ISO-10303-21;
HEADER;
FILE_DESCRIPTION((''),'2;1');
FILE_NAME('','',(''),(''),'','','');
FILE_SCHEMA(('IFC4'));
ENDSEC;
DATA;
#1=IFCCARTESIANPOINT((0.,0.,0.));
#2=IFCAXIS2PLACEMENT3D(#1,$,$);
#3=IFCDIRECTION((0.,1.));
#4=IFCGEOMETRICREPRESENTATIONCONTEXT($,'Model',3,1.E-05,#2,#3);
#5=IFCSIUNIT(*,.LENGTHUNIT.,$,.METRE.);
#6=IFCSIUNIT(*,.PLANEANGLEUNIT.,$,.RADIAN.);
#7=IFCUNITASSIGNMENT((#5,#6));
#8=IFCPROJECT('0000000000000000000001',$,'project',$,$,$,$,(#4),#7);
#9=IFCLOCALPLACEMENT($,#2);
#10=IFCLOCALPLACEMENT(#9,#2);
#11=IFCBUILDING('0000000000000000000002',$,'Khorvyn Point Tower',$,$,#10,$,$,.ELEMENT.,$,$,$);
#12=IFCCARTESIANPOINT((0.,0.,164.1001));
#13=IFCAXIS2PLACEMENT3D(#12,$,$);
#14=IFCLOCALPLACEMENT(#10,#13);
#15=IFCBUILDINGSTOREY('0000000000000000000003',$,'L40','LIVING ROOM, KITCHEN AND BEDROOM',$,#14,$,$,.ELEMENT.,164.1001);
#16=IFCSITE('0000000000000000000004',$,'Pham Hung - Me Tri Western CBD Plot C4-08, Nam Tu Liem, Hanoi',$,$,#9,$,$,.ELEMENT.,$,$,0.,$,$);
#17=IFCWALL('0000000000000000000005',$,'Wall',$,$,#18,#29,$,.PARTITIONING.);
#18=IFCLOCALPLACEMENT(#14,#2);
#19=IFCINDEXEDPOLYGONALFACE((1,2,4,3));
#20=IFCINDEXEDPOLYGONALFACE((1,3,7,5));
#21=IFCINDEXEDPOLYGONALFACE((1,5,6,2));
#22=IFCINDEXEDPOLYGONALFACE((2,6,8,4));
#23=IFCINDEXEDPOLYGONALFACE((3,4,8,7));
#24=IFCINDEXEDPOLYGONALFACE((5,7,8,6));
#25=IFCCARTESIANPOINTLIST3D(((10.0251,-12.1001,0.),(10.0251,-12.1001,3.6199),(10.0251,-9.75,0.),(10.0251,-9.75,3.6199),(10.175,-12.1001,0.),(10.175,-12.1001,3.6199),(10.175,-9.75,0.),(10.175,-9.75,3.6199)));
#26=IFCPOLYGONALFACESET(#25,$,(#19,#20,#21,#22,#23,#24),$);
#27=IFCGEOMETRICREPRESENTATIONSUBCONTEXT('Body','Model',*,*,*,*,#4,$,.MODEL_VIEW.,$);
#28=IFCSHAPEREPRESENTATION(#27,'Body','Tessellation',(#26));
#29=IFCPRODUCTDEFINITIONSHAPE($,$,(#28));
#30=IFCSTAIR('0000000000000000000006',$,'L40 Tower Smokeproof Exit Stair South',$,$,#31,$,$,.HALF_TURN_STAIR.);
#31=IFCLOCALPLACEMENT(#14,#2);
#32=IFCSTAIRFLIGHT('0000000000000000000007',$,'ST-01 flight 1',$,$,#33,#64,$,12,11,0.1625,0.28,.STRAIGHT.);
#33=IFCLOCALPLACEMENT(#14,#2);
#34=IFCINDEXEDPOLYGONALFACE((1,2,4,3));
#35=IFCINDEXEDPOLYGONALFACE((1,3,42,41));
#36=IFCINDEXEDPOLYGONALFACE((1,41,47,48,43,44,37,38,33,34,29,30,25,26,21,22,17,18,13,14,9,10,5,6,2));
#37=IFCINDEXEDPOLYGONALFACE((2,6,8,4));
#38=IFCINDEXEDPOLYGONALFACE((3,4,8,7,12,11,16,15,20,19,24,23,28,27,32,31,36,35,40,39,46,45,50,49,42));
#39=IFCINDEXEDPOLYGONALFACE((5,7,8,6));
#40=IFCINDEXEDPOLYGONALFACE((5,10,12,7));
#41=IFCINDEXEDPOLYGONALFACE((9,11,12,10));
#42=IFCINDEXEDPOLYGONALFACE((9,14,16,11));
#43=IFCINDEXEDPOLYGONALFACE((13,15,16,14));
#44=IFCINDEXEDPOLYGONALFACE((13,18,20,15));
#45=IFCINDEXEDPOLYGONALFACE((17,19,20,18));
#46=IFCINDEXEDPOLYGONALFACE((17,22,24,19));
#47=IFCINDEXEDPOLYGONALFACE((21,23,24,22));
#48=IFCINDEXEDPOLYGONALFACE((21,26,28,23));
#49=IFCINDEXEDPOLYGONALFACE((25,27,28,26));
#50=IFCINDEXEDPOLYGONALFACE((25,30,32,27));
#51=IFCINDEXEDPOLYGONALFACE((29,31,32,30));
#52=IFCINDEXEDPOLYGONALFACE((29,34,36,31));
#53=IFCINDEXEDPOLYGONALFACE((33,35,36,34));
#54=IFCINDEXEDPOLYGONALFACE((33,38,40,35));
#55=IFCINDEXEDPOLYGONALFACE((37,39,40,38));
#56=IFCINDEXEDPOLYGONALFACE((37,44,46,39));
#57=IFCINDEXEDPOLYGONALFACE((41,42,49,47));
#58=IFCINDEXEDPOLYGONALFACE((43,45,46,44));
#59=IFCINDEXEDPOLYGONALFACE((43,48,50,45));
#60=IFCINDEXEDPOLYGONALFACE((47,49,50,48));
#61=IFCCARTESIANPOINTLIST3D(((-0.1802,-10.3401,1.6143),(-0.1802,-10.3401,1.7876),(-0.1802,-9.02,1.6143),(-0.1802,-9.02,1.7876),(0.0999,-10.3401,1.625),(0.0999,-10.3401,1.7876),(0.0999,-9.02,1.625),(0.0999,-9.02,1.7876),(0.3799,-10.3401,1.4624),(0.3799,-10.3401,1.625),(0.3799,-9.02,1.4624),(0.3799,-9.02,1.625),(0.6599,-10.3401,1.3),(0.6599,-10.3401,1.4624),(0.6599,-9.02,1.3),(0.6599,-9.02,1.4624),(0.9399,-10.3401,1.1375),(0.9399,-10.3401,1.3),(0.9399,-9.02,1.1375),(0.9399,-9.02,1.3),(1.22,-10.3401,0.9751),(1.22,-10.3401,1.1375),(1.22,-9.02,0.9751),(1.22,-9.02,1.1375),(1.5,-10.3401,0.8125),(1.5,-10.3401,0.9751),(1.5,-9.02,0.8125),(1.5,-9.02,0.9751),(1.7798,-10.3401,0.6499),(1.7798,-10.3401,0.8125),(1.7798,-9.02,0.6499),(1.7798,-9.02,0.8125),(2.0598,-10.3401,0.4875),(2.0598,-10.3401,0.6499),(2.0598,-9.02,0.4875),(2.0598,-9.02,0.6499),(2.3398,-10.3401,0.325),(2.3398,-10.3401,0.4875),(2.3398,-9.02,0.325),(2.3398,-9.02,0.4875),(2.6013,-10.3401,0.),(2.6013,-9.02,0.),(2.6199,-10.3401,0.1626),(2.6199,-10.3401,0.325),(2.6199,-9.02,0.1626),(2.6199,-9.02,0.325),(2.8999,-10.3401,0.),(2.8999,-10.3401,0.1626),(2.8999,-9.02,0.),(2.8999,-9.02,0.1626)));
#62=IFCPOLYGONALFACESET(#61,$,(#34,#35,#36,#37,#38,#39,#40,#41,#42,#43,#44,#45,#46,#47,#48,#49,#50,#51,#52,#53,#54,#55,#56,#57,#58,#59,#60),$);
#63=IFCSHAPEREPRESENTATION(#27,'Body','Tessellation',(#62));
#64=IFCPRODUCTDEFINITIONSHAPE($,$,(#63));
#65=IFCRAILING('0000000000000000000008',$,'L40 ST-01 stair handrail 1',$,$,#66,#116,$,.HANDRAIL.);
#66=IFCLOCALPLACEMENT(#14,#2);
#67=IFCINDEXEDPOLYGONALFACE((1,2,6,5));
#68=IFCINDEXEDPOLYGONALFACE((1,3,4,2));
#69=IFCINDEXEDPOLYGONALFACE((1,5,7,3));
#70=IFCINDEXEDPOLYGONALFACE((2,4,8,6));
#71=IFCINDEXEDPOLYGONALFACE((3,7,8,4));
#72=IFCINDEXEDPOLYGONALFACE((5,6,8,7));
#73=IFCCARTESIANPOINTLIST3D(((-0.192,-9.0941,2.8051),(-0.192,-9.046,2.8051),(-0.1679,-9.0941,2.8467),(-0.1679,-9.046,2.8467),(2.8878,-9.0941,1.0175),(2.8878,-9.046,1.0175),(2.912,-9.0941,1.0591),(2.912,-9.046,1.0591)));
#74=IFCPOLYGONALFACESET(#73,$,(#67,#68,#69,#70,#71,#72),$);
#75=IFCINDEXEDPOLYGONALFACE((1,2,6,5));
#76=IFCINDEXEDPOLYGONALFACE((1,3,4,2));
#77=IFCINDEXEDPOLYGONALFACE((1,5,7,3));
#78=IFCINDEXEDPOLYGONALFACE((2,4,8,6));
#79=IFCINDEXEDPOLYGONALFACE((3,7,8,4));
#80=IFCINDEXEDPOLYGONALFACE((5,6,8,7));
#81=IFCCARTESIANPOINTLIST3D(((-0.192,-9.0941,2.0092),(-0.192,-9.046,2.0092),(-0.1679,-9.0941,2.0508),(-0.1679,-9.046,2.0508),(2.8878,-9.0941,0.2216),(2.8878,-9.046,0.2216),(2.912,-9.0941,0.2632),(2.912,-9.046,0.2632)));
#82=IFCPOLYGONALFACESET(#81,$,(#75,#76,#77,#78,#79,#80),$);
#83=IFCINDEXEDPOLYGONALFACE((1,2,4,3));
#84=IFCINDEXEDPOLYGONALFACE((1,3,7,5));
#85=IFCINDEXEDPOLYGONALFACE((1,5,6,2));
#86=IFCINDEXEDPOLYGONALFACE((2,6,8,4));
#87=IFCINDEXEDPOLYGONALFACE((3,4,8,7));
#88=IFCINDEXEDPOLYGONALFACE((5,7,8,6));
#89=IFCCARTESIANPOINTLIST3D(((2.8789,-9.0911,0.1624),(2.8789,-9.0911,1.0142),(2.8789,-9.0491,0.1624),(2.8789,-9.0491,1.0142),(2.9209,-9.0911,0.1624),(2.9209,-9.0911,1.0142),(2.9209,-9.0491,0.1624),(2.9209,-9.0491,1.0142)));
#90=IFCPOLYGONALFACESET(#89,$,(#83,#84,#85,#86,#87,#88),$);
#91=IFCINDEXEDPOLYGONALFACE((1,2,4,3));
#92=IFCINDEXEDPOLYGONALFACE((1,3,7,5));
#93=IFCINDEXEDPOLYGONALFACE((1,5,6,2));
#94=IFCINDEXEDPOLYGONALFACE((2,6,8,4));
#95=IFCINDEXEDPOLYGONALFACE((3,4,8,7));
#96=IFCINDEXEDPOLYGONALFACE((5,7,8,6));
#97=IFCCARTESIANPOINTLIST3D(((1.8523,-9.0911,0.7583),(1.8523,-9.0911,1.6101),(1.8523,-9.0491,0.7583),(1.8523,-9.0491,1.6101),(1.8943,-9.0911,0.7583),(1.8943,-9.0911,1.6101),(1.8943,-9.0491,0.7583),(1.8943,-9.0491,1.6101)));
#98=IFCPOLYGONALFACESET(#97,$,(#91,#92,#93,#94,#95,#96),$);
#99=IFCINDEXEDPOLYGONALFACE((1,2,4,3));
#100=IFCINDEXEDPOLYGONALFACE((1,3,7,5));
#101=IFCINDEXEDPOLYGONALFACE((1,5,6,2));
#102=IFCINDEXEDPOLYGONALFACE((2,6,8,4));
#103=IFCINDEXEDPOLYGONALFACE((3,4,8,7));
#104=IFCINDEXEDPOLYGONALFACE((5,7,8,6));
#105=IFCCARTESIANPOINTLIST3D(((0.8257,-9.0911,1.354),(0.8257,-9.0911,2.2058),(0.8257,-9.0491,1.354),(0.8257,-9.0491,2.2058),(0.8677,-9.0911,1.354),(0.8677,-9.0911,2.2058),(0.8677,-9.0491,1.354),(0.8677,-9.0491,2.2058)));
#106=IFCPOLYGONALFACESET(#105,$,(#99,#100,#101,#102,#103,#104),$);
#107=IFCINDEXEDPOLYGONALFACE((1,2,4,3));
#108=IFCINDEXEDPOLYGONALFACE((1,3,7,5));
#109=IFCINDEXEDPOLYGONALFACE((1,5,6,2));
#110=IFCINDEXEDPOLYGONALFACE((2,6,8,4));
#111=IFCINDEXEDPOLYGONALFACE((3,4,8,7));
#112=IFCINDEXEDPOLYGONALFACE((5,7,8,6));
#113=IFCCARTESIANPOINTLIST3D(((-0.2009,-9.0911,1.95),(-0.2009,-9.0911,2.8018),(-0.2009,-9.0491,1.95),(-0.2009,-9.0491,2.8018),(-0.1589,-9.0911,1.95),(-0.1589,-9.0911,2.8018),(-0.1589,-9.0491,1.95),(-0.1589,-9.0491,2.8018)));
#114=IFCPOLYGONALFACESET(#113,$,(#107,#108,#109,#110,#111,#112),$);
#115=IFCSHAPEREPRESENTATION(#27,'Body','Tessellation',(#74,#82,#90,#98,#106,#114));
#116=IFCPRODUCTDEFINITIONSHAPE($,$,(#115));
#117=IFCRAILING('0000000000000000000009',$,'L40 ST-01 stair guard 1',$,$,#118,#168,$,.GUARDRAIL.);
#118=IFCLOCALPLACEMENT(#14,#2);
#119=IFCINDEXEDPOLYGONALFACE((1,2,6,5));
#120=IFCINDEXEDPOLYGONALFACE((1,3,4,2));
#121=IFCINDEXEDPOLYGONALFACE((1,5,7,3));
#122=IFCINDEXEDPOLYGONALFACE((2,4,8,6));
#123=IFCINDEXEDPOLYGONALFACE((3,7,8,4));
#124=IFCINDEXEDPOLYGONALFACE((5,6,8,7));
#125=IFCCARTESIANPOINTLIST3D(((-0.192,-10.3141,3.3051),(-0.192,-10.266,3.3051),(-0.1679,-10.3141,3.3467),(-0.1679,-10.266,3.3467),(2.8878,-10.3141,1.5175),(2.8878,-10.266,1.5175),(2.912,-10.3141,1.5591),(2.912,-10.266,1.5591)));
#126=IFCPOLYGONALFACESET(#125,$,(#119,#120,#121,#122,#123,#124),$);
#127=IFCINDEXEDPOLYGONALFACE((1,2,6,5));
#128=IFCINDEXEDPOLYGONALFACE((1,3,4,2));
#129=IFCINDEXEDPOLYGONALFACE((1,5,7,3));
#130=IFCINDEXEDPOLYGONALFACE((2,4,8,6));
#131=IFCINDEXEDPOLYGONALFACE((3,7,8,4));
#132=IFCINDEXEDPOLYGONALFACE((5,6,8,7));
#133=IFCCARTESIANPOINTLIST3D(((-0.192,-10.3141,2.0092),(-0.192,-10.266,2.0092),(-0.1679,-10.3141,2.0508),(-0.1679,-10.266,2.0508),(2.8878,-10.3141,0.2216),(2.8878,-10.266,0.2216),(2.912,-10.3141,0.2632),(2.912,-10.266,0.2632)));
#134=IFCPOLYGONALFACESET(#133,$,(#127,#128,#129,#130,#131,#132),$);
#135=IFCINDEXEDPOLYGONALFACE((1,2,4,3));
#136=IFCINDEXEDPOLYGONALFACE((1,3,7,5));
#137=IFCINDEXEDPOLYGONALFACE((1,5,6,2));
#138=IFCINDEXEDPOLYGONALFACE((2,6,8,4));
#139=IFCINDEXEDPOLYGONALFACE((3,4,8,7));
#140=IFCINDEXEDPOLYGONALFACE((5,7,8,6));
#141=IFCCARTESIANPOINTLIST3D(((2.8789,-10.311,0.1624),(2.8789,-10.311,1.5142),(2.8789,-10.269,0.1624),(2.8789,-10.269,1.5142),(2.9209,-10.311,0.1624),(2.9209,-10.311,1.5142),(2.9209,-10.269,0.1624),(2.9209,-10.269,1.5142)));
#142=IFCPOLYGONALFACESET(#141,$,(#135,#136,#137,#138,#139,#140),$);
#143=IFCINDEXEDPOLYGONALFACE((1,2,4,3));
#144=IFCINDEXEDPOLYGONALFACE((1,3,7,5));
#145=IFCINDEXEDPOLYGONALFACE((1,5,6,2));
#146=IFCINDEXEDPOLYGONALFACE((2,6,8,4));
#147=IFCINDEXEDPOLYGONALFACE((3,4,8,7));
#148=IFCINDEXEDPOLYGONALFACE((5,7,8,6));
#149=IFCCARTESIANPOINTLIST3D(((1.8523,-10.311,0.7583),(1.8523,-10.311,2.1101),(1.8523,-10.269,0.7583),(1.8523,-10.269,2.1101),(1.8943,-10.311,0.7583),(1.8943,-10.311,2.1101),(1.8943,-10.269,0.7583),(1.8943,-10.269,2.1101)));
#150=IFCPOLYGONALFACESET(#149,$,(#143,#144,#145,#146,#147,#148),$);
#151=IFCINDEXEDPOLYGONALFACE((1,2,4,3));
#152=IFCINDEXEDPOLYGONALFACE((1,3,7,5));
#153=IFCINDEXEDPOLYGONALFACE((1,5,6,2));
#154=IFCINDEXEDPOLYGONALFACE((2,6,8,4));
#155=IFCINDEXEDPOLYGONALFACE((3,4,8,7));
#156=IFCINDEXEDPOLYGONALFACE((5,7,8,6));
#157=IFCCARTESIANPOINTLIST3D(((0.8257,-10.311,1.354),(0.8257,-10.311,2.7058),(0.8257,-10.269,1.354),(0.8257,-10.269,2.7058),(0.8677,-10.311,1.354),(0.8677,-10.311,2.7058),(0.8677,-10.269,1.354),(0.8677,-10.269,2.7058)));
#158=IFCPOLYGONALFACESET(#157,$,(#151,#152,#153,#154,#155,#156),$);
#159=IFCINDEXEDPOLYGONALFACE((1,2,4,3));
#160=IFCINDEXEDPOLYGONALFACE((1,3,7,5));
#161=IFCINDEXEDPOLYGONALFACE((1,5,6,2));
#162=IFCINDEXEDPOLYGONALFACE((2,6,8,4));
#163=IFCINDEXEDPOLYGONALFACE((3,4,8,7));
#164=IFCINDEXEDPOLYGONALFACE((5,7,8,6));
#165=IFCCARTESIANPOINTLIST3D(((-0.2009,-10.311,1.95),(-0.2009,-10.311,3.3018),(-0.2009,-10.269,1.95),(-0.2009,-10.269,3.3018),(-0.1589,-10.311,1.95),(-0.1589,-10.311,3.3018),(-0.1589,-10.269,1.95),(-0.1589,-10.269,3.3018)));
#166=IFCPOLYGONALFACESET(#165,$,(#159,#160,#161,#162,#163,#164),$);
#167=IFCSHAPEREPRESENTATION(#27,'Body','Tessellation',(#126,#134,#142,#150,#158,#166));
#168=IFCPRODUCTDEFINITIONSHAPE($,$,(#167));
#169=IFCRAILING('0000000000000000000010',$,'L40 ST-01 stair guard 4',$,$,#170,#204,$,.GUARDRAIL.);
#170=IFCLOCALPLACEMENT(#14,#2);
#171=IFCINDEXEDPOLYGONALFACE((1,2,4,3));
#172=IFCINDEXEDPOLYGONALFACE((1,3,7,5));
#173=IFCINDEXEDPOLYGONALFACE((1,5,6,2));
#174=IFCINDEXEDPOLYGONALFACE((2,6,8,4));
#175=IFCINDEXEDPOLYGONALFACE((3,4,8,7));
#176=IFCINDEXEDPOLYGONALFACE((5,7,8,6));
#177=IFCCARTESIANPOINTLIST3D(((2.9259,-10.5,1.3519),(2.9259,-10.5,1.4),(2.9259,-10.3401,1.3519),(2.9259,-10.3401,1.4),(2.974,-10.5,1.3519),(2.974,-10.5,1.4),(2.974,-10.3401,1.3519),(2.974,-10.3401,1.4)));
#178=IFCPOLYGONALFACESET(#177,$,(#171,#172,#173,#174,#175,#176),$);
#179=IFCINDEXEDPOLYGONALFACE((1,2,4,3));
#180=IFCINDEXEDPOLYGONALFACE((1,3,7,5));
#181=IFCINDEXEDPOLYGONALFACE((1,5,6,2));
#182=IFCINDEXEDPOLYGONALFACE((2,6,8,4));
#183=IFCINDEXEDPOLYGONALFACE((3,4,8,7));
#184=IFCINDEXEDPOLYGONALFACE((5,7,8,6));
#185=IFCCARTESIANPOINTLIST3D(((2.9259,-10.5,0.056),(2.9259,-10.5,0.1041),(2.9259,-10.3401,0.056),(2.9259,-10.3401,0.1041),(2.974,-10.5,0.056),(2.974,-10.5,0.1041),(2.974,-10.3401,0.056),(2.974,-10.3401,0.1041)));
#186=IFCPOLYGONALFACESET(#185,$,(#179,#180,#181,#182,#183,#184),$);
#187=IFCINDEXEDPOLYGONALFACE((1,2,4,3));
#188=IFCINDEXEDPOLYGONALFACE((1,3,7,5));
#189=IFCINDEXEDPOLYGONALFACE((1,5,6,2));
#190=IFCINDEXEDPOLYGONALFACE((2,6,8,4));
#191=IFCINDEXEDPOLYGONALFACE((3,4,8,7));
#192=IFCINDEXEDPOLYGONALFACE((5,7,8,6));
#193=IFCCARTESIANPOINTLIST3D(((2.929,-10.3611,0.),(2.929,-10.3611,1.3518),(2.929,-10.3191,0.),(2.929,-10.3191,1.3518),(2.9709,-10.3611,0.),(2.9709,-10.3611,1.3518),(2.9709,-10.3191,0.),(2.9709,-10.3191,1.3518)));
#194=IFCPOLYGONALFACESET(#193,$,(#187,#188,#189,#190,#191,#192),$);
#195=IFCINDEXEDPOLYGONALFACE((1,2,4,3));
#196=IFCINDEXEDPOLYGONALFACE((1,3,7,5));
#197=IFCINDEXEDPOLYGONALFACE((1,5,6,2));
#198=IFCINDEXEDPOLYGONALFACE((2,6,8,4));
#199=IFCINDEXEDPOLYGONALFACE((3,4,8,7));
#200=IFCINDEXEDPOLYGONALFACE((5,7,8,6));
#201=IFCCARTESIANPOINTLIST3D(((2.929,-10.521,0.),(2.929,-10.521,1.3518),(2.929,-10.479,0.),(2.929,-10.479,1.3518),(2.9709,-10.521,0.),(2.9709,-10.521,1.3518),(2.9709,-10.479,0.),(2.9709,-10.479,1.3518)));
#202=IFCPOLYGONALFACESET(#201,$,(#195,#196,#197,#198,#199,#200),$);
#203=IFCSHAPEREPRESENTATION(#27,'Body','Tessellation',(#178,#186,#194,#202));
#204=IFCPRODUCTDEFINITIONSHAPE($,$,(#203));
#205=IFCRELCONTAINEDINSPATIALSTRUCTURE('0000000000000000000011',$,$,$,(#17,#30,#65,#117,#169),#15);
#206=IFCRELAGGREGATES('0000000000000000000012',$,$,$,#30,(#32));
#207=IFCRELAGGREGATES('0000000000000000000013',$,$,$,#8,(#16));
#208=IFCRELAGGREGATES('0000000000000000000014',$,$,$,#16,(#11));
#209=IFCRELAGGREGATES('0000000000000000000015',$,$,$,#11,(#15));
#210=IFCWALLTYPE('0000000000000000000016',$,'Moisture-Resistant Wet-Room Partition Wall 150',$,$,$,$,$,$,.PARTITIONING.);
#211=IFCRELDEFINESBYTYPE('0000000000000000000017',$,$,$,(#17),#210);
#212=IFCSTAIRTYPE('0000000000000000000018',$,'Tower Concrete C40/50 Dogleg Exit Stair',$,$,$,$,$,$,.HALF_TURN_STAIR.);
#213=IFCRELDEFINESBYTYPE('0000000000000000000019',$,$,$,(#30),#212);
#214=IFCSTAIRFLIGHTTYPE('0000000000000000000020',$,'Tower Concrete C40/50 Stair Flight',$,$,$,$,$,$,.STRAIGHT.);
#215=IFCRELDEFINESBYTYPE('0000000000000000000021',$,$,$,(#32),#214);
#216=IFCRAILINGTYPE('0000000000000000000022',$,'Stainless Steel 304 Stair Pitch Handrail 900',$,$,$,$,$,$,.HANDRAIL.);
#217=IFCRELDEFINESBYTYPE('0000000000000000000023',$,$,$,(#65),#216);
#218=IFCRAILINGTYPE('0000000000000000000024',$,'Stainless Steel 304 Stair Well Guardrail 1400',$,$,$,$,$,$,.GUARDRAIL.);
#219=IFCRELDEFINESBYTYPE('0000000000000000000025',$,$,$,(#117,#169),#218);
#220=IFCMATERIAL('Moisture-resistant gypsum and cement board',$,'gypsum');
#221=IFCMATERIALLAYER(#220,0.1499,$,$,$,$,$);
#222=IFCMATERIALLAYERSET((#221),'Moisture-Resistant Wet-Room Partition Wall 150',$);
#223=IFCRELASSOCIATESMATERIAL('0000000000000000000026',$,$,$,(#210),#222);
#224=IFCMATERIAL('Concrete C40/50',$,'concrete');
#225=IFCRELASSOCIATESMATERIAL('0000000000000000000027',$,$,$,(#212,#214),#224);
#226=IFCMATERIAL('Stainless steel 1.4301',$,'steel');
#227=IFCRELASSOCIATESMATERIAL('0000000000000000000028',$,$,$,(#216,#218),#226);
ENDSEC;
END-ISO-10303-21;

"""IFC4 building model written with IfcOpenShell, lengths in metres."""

from ifc_helpers import new_model, si_unit, direction, frame, frame_2d, origin, origin_2d, place, context, subcontext, project, spatial, polyline, rectangle, outline, extrude, material, layer, layer_set, type_object, element, aggregate, save


model = new_model("IFC4")

# Units and contexts
model_context = context("Model", 3, precision=1e-05, world=origin(), true_north=direction((0.0, 1.0)))
body_context = subcontext(model_context, "Body", "Model", "MODEL_VIEW")
ifc_project = project(units=[si_unit("LENGTHUNIT", "METRE"), si_unit("PLANEANGLEUNIT", "RADIAN")], contexts=[model_context])

# Site, building, storey
site_placement = place(None, origin())
site = spatial("IfcSite", under=ifc_project, at=site_placement, Name="Pham Hung - Me Tri Western CBD Plot C4-08, Nam Tu Liem, Hanoi", CompositionType="ELEMENT", RefElevation=0.0)
building_placement = place(site_placement, origin())
building = spatial("IfcBuilding", under=site, at=building_placement, Name="Khorvyn Point Tower", CompositionType="ELEMENT")
storey_placement = place(building_placement, frame((0.0, 0.0, 164.1001)))
storey = spatial("IfcBuildingStorey", under=building, at=storey_placement, Name="L40", Description="LIVING ROOM, KITCHEN AND BEDROOM", CompositionType="ELEMENT", Elevation=164.1001)

# Shared definitions
ifc_material_1 = material(Name="Concrete C40/50", Category="concrete")

# Shared definitions
ifc_material_2 = material(Name="Moisture-resistant gypsum and cement board", Category="gypsum")
ifc_layer_1 = layer(ifc_material_2, 0.1499)
ifc_layer_set_1 = layer_set([ifc_layer_1], Name="Moisture-Resistant Wet-Room Partition Wall 150")
wall_type_1 = type_object("IfcWallType", Name="Moisture-Resistant Wet-Room Partition Wall 150", PredefinedType="PARTITIONING", material=ifc_layer_set_1)

# Wall
wall_1_placement = place(storey_placement, frame((10.1001, -12.1001, 0.0), z_axis=(0.0, 0.0, 1.0), x_axis=(0.0, 1.0, 0.0)))
element("IfcWall", 1, at=wall_1_placement, inside=storey, type_object=wall_type_1, Name="Wall", PredefinedType="PARTITIONING", context=body_context, shape_type="SweptSolid", body=[
    extrude(rectangle(XDim=2.3501, YDim=0.1499, at=frame_2d((1.175, 0.0))), origin(), (0.0, 0.0, 1.0), 3.6199),
])

# Stair, stair flight
stair_type = type_object("IfcStairType", Name="Tower Concrete C40/50 Dogleg Exit Stair", PredefinedType="HALF_TURN_STAIR", material=ifc_material_1)
stair_placement = place(storey_placement, origin())
stair = element("IfcStair", 2, at=stair_placement, inside=storey, type_object=stair_type, Name="L40 Tower Smokeproof Exit Stair South", PredefinedType="HALF_TURN_STAIR")
stair_flight_type = type_object("IfcStairFlightType", Name="Tower Concrete C40/50 Stair Flight", PredefinedType="STRAIGHT", material=ifc_material_1)
stair_flight_placement = place(storey_placement, frame((2.8999, -9.6799, 0.0), z_axis=(0.0, 0.0, 1.0), x_axis=(-1.0, 0.0, 0.0)))
stair_flight = element("IfcStairFlight", 3, at=stair_flight_placement, type_object=stair_flight_type, Name="ST-01 flight 1", NumberOfRisers=12, NumberOfTreads=11, PredefinedType="STRAIGHT", RiserHeight=0.1625, TreadLength=0.28, context=body_context, shape_type="SweptSolid", body=[
    extrude(outline(polyline([(0.0, 0.0), (0.0, 0.1626), (0.28, 0.1626), (0.28, 0.325), (0.5601, 0.325), (0.5601, 0.4875), (0.8401, 0.4875), (0.8401, 0.6499), (1.1201, 0.6499), (1.1201, 0.8125), (1.3999, 0.8125), (1.3999, 0.9751), (1.6799, 0.9751), (1.6799, 1.1375), (1.96, 1.1375), (1.96, 1.3), (2.24, 1.3), (2.24, 1.4624), (2.52, 1.4624), (2.52, 1.625), (2.8, 1.625), (2.8, 1.7876), (3.0801, 1.7876), (3.0801, 1.95), (3.0801, 1.6143), (0.2986, 0.0), (0.0, 0.0)])), frame((0.0, 0.6602, 0.0), z_axis=(0.0, -1.0, 0.0), x_axis=(1.0, 0.0, 0.0)), (0.0, 0.0, 1.0), 1.3201),
])
aggregate(stair, [stair_flight])

# Railings
ifc_material_3 = material(Name="Stainless steel 1.4301", Category="steel")
railing_type_1 = type_object("IfcRailingType", Name="Stainless Steel 304 Stair Pitch Handrail 900", PredefinedType="HANDRAIL", material=ifc_material_3)
railing_1_placement = place(storey_placement, frame((2.8999, -9.0701, 0.1624)))
element("IfcRailing", 4, at=railing_1_placement, inside=storey, type_object=railing_type_1, Name="L40 ST-01 stair handrail 1", PredefinedType="HANDRAIL", context=body_context, shape_type="SweptSolid", body=[
    extrude(rectangle(XDim=0.0481, YDim=0.0481, at=origin_2d()), frame((0.0, 0.0, 0.876), z_axis=(-0.864873, 0.0, 0.50199), x_axis=(0.0, -1.0, 0.0)), (0.0, 0.0, 1.0), 3.561),
    extrude(rectangle(XDim=0.0481, YDim=0.0481, at=origin_2d()), frame((0.0, 0.0, 0.0801), z_axis=(-0.864873, 0.0, 0.50199), x_axis=(0.0, -1.0, 0.0)), (0.0, 0.0, 1.0), 3.561),
    extrude(rectangle(XDim=0.042, YDim=0.042, at=origin_2d()), origin(), (0.0, 0.0, 1.0), 0.8518),
    extrude(rectangle(XDim=0.042, YDim=0.042, at=origin_2d()), frame((-1.0266, 0.0, 0.5959)), (0.0, 0.0, 1.0), 0.8518),
    extrude(rectangle(XDim=0.042, YDim=0.042, at=origin_2d()), frame((-2.0532, 0.0, 1.1917)), (0.0, 0.0, 1.0), 0.8518),
    extrude(rectangle(XDim=0.042, YDim=0.042, at=origin_2d()), frame((-3.0798, 0.0, 1.7876)), (0.0, 0.0, 1.0), 0.8518),
])
railing_type_2 = type_object("IfcRailingType", Name="Stainless Steel 304 Stair Well Guardrail 1400", PredefinedType="GUARDRAIL", material=ifc_material_3)
railing_2_placement = place(storey_placement, frame((2.8999, -10.29, 0.1624)))
element("IfcRailing", 5, at=railing_2_placement, inside=storey, type_object=railing_type_2, Name="L40 ST-01 stair guard 1", PredefinedType="GUARDRAIL", context=body_context, shape_type="SweptSolid", body=[
    extrude(rectangle(XDim=0.0481, YDim=0.0481, at=origin_2d()), frame((0.0, 0.0, 1.376), z_axis=(-0.864873, 0.0, 0.50199), x_axis=(0.0, -1.0, 0.0)), (0.0, 0.0, 1.0), 3.561),
    extrude(rectangle(XDim=0.0481, YDim=0.0481, at=origin_2d()), frame((0.0, 0.0, 0.0801), z_axis=(-0.864873, 0.0, 0.50199), x_axis=(0.0, -1.0, 0.0)), (0.0, 0.0, 1.0), 3.561),
    extrude(rectangle(XDim=0.042, YDim=0.042, at=origin_2d()), origin(), (0.0, 0.0, 1.0), 1.3518),
    extrude(rectangle(XDim=0.042, YDim=0.042, at=origin_2d()), frame((-1.0266, 0.0, 0.5959)), (0.0, 0.0, 1.0), 1.3518),
    extrude(rectangle(XDim=0.042, YDim=0.042, at=origin_2d()), frame((-2.0532, 0.0, 1.1917)), (0.0, 0.0, 1.0), 1.3518),
    extrude(rectangle(XDim=0.042, YDim=0.042, at=origin_2d()), frame((-3.0798, 0.0, 1.7876)), (0.0, 0.0, 1.0), 1.3518),
])
railing_3_placement = place(storey_placement, frame((2.95, -10.3401, 0.0)))
element("IfcRailing", 6, at=railing_3_placement, inside=storey, type_object=railing_type_2, Name="L40 ST-01 stair guard 4", PredefinedType="GUARDRAIL", context=body_context, shape_type="SweptSolid", body=[
    extrude(rectangle(XDim=0.0481, YDim=0.0481, at=origin_2d()), frame((0.0, 0.0, 1.376), z_axis=(0.0, -1.0, 0.0), x_axis=(1.0, 0.0, 0.0)), (0.0, 0.0, 1.0), 0.1599),
    extrude(rectangle(XDim=0.0481, YDim=0.0481, at=origin_2d()), frame((0.0, 0.0, 0.0801), z_axis=(0.0, -1.0, 0.0), x_axis=(1.0, 0.0, 0.0)), (0.0, 0.0, 1.0), 0.1599),
    extrude(rectangle(XDim=0.042, YDim=0.042, at=origin_2d()), origin(), (0.0, 0.0, 1.0), 1.3518),
    extrude(rectangle(XDim=0.042, YDim=0.042, at=origin_2d()), frame((0.0, -0.1599, 0.0)), (0.0, 0.0, 1.0), 1.3518),
])

save(model, "model.ifc")
